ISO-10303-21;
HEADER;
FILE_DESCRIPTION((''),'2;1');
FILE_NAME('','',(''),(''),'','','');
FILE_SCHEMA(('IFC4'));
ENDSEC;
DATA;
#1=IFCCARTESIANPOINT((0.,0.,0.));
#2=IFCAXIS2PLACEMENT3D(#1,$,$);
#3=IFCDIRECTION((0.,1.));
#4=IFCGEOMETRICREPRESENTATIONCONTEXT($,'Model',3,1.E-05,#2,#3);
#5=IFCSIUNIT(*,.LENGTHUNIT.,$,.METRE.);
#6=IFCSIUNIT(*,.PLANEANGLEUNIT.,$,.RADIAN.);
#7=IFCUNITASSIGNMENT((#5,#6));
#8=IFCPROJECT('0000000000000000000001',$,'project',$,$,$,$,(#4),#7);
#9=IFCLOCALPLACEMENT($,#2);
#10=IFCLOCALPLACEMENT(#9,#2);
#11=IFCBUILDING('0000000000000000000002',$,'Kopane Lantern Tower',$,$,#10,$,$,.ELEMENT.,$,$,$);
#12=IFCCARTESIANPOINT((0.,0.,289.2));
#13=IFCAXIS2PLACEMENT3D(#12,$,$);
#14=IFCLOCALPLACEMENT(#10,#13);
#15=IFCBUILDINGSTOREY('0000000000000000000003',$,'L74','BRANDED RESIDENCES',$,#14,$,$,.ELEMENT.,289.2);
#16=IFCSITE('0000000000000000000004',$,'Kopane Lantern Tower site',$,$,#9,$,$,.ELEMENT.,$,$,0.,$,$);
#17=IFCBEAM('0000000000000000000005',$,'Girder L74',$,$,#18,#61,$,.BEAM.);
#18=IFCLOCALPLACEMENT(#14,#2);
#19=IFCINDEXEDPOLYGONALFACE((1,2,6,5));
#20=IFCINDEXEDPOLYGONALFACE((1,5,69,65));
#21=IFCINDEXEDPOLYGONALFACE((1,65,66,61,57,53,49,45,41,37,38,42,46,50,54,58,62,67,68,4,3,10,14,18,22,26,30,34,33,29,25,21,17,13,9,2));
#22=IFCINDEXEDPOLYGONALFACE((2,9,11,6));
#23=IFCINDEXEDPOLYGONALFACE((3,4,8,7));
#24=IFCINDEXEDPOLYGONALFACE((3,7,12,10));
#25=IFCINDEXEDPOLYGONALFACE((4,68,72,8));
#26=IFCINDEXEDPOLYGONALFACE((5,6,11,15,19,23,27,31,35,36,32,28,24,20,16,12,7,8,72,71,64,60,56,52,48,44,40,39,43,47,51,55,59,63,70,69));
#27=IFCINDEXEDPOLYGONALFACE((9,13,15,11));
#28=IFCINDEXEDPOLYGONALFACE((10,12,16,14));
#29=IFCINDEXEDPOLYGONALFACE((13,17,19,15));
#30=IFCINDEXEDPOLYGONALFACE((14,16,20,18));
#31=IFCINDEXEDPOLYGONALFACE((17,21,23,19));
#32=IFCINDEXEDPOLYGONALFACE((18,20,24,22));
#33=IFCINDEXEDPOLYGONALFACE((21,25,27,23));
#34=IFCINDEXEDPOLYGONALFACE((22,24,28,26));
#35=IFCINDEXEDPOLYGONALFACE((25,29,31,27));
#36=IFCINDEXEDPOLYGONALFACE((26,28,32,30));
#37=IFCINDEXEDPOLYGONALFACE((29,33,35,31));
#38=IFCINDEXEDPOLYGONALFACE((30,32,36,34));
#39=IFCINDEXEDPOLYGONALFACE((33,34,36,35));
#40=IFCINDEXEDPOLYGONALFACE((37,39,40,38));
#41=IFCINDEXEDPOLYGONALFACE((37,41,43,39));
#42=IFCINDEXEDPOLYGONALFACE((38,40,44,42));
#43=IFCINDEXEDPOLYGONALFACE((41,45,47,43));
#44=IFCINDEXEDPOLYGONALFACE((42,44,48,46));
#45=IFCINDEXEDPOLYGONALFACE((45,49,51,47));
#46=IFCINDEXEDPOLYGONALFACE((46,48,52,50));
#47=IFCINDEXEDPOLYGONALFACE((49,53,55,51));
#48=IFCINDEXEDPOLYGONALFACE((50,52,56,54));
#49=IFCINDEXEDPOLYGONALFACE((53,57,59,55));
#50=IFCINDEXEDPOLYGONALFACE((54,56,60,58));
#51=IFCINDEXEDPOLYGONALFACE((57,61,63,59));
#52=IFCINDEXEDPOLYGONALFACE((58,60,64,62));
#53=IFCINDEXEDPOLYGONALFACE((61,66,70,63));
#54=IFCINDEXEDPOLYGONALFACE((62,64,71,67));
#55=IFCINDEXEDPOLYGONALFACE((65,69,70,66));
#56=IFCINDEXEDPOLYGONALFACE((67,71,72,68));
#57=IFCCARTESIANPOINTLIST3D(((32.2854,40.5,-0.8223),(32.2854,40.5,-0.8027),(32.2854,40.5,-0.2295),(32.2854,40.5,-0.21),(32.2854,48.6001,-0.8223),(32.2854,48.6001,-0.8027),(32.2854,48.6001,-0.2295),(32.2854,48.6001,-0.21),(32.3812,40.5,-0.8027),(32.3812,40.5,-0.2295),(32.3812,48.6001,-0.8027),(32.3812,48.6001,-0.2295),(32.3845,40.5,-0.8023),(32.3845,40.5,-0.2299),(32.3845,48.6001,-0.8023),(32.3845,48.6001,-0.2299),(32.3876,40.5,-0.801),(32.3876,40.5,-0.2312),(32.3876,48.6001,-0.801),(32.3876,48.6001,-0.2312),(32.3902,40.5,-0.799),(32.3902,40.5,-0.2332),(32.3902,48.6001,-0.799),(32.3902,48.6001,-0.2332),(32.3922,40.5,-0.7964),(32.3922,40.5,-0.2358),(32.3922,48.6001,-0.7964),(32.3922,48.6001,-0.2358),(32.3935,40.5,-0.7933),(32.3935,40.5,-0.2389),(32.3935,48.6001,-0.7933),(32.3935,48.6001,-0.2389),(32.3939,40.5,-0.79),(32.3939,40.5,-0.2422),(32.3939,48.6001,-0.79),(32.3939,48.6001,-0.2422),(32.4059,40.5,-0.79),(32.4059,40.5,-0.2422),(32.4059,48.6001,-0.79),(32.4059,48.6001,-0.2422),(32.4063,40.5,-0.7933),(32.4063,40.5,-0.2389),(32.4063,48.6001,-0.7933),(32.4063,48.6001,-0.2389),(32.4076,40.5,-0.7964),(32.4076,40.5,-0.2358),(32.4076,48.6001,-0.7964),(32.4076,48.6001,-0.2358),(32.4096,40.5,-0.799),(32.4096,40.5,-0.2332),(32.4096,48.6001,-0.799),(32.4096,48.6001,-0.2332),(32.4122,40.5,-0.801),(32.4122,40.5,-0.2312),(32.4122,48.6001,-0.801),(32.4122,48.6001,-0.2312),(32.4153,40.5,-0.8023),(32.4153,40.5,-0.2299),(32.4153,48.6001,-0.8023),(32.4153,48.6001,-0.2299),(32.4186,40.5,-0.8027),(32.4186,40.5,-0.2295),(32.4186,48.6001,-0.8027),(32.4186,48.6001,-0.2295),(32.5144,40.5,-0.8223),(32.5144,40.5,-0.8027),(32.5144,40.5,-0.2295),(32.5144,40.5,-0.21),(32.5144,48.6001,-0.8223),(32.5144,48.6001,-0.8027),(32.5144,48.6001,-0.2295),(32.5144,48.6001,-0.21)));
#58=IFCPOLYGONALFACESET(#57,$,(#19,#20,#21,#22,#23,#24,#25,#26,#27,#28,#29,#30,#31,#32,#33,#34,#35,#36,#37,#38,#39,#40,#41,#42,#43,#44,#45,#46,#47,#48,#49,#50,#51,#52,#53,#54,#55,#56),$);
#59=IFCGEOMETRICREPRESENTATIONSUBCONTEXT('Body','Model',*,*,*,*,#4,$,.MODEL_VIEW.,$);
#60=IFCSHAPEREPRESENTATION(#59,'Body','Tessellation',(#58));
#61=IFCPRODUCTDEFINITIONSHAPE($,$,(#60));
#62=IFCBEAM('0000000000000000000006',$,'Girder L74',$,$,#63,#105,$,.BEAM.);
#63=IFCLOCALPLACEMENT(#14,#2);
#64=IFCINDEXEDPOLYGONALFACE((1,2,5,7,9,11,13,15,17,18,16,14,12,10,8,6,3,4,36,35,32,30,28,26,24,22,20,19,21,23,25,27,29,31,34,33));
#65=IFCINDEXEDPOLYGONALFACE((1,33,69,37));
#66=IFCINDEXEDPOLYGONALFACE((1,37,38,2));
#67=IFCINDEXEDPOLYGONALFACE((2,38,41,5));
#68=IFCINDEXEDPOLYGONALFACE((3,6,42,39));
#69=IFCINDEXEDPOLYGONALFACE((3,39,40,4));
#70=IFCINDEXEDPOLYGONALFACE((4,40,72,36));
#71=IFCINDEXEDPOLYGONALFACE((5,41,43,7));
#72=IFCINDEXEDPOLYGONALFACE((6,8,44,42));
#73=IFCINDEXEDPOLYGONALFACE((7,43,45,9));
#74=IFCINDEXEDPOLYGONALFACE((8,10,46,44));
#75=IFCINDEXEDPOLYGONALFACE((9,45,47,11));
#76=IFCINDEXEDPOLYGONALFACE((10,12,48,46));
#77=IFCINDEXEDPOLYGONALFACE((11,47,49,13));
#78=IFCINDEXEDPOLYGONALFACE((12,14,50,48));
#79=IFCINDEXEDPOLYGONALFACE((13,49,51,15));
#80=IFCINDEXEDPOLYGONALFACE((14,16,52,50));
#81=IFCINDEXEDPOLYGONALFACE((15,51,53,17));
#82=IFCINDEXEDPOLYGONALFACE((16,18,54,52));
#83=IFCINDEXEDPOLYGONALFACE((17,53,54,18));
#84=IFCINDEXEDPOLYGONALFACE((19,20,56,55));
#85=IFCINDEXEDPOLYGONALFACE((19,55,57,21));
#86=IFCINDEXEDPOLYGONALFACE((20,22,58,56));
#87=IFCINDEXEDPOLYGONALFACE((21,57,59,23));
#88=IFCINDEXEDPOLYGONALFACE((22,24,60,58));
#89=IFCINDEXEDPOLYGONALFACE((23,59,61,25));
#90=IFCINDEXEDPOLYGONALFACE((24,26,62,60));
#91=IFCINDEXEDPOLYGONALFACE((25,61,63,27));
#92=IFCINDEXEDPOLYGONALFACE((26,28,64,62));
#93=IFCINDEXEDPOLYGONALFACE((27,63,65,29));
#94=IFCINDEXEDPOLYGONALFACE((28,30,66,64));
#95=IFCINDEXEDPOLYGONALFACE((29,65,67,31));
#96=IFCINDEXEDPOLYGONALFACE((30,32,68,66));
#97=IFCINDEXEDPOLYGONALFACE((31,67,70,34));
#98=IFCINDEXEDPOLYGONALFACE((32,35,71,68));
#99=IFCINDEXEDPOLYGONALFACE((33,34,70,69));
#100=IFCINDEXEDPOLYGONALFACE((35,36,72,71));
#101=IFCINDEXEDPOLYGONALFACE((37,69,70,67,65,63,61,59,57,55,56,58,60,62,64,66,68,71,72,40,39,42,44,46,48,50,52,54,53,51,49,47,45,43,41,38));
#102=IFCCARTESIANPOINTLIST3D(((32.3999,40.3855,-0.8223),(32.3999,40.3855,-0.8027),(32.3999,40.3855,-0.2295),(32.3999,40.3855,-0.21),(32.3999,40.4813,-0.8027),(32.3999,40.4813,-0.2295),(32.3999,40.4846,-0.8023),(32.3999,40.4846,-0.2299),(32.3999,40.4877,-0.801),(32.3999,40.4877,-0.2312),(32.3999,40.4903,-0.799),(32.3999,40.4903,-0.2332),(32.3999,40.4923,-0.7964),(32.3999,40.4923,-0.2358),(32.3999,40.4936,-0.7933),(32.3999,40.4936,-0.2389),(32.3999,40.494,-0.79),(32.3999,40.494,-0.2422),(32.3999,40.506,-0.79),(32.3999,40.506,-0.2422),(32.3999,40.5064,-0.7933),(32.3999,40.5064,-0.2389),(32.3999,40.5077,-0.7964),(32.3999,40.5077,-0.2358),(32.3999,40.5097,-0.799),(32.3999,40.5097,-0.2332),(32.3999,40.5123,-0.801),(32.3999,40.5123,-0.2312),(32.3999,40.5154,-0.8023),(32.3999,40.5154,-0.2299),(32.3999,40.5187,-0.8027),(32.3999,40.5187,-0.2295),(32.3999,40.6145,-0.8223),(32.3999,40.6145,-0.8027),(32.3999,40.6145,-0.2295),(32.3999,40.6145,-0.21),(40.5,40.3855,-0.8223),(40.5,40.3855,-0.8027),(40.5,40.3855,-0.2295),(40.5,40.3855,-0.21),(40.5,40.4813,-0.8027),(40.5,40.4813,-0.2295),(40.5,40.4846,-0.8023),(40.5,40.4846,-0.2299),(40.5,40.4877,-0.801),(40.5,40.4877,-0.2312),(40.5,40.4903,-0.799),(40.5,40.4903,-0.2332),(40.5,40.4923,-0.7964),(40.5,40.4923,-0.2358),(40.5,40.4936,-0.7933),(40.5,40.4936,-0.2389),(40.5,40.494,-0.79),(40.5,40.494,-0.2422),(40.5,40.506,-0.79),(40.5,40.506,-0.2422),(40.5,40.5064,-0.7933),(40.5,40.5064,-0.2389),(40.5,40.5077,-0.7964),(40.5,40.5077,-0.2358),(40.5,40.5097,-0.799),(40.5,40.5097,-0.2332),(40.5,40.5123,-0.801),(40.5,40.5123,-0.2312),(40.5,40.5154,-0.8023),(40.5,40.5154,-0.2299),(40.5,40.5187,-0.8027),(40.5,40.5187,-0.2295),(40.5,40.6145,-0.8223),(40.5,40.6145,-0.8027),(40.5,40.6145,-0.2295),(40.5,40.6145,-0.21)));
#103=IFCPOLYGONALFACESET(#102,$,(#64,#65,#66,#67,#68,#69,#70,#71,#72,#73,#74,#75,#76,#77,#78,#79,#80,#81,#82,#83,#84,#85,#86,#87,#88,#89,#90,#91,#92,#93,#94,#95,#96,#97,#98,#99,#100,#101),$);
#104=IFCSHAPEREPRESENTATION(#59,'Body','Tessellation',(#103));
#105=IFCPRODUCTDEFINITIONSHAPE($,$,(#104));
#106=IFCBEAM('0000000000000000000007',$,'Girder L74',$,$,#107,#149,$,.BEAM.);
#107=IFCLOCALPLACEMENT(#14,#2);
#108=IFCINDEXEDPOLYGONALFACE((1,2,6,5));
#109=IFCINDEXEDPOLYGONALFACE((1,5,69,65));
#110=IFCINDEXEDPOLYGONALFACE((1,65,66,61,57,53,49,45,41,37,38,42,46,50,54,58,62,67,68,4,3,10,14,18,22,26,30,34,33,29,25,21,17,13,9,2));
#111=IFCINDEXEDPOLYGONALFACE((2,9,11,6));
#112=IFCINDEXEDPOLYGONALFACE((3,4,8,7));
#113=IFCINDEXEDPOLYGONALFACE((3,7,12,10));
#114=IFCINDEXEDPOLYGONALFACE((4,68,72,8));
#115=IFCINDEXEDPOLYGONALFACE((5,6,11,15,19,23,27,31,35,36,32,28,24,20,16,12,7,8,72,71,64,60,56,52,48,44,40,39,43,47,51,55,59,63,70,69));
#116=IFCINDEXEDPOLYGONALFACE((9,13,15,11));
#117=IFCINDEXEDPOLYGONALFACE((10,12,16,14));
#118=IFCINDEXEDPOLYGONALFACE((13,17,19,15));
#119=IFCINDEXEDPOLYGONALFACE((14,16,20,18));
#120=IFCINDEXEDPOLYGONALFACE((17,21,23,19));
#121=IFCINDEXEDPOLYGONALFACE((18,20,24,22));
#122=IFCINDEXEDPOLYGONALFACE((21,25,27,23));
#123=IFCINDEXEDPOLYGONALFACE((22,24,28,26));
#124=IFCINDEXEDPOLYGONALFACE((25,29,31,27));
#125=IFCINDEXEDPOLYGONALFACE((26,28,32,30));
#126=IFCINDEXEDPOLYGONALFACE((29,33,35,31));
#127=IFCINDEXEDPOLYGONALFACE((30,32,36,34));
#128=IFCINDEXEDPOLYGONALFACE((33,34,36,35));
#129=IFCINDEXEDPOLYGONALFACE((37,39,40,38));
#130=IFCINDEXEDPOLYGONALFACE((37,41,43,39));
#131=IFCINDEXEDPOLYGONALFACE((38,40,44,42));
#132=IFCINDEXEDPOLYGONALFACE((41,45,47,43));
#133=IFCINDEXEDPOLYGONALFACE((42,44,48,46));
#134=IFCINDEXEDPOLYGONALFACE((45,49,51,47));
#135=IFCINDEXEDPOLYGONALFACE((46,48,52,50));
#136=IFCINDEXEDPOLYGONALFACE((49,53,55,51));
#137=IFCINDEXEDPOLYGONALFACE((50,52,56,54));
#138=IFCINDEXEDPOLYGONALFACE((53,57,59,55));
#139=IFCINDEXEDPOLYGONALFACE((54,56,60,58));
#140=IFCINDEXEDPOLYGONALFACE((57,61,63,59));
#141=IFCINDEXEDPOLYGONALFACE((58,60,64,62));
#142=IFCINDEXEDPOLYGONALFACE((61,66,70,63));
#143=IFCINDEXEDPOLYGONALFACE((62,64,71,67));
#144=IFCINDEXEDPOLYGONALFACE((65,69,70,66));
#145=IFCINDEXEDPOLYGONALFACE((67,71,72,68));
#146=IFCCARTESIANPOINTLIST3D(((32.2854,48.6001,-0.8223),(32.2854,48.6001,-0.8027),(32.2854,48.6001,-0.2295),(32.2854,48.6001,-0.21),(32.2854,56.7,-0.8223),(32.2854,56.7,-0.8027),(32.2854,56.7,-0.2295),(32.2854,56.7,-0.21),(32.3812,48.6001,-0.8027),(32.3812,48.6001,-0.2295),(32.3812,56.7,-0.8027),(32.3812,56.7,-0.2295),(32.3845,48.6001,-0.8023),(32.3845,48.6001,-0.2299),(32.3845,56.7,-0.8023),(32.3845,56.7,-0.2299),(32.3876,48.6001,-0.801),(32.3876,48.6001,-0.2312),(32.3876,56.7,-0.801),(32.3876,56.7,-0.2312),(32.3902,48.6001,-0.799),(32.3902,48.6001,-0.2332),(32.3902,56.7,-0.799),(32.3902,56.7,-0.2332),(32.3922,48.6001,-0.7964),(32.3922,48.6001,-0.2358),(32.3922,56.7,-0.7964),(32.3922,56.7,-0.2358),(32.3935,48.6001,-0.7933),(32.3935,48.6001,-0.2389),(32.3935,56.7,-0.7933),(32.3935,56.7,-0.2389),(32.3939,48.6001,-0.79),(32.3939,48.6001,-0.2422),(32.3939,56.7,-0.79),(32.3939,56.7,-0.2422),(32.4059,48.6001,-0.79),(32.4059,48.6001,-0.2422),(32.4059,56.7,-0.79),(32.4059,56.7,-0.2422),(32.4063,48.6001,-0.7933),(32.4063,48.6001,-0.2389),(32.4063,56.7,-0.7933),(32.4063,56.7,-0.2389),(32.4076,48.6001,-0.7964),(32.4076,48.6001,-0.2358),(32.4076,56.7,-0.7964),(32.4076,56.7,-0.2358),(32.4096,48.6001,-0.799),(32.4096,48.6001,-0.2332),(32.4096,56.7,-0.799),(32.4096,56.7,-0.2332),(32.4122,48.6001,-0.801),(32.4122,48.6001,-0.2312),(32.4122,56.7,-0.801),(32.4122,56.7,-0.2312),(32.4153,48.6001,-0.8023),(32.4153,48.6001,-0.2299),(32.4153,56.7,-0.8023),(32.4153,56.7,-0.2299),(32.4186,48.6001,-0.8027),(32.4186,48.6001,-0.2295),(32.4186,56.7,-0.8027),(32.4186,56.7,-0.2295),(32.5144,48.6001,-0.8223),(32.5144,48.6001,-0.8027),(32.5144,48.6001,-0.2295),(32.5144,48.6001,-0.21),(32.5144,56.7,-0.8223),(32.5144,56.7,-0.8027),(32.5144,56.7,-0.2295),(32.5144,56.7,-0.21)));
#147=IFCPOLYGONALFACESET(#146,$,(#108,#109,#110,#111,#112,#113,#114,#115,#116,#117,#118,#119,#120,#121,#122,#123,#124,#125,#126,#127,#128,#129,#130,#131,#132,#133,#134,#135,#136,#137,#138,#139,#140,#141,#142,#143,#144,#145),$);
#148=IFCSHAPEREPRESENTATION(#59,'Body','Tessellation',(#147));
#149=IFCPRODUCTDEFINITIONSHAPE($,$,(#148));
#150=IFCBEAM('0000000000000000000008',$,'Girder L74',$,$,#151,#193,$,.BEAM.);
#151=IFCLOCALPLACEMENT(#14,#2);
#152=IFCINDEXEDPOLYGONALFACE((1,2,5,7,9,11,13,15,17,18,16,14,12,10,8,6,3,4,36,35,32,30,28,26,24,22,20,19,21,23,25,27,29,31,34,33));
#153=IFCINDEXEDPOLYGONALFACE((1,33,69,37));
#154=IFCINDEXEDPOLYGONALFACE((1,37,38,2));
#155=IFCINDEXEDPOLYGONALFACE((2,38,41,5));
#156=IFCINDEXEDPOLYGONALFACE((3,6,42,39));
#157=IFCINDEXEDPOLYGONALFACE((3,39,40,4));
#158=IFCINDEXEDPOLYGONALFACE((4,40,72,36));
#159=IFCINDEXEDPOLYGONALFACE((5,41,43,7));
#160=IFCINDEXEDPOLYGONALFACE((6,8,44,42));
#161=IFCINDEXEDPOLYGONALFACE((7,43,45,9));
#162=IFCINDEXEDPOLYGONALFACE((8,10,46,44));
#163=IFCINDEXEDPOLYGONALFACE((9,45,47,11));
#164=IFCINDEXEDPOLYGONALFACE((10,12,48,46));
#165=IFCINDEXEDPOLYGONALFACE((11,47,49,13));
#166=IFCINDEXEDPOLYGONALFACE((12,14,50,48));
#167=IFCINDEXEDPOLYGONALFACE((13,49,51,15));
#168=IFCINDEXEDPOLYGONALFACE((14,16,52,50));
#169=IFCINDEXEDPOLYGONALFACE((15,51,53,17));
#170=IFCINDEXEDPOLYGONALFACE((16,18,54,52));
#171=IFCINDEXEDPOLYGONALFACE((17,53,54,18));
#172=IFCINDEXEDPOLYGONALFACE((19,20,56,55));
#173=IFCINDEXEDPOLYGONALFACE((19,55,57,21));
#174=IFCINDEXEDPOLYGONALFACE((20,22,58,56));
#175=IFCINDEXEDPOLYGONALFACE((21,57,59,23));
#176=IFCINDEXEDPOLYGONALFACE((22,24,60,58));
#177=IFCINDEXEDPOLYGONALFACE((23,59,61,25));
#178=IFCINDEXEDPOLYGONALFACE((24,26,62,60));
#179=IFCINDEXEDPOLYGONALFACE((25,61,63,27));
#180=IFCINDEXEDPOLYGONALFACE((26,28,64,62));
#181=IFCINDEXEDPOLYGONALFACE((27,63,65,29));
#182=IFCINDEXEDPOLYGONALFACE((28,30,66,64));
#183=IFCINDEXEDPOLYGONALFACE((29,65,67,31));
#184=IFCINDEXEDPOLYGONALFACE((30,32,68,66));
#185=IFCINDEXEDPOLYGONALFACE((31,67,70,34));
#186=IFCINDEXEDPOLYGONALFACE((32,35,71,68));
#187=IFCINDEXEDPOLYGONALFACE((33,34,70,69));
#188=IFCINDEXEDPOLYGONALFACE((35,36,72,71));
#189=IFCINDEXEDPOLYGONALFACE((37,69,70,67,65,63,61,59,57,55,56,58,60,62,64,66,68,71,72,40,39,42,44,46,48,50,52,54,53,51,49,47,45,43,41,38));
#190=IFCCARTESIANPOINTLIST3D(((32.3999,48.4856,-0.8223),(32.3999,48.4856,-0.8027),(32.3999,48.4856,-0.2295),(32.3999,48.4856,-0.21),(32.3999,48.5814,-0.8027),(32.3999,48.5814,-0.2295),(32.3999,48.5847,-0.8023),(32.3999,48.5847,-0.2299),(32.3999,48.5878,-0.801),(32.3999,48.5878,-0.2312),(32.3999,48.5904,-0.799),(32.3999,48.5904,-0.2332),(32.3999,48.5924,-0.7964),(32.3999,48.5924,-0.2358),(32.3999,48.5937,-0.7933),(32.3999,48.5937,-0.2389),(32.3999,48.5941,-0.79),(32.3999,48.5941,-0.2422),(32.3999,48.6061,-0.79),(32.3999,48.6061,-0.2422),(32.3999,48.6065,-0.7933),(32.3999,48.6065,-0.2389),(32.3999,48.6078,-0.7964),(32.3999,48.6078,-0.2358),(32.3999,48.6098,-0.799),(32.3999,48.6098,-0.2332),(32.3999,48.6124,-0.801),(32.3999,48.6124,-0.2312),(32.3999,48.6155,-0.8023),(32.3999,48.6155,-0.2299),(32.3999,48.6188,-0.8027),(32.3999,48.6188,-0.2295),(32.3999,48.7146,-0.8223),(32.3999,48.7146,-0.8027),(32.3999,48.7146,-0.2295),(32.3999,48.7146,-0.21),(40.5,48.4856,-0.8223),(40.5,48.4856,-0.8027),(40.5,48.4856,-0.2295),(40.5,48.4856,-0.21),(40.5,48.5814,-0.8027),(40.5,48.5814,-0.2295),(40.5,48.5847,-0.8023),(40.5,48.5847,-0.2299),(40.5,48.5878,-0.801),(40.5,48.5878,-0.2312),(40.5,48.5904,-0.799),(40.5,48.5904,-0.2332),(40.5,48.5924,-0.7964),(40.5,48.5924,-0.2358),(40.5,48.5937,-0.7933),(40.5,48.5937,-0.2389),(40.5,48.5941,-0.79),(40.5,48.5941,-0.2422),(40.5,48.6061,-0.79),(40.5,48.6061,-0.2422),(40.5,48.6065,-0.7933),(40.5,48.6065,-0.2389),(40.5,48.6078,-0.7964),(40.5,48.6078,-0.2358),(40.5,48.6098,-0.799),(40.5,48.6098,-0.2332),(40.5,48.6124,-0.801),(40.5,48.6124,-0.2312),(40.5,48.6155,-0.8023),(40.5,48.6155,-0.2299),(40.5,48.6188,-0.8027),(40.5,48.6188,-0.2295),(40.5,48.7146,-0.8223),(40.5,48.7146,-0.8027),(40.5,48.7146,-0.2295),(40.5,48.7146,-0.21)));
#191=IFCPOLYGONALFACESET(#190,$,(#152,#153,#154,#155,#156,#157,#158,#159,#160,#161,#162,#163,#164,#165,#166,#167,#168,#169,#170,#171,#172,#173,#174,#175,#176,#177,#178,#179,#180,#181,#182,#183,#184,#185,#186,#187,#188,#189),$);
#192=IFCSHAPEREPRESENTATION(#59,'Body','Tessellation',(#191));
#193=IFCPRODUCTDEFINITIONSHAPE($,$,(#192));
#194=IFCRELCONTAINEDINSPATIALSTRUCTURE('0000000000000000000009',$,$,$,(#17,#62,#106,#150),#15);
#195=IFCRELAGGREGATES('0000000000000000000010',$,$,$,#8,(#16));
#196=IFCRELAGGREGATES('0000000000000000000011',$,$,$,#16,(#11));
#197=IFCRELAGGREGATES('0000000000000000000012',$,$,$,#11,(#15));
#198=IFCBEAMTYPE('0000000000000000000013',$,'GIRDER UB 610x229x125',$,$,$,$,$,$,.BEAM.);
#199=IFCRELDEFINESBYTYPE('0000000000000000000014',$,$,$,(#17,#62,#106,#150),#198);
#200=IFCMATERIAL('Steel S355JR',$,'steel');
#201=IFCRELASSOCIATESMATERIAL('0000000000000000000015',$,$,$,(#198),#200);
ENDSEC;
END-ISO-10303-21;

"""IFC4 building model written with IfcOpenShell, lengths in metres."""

from ifc_helpers import new_model, si_unit, direction, frame, origin, origin_2d, place, context, subcontext, project, spatial, i_section, extrude, material, material_profile, profile_set, type_object, element, save


model = new_model("IFC4")

# Units and contexts
model_context = context("Model", 3, precision=1e-05, world=origin(), true_north=direction((0.0, 1.0)))
body_context = subcontext(model_context, "Body", "Model", "MODEL_VIEW")
ifc_project = project(units=[si_unit("LENGTHUNIT", "METRE"), si_unit("PLANEANGLEUNIT", "RADIAN")], contexts=[model_context])

# Site, building, storey
site_placement = place(None, origin())
site = spatial("IfcSite", under=ifc_project, at=site_placement, Name="Kopane Lantern Tower site", CompositionType="ELEMENT", RefElevation=0.0)
building_placement = place(site_placement, origin())
building = spatial("IfcBuilding", under=site, at=building_placement, Name="Kopane Lantern Tower", CompositionType="ELEMENT")
storey_placement = place(building_placement, frame((0.0, 0.0, 289.2)))
storey = spatial("IfcBuildingStorey", under=building, at=storey_placement, Name="L74", Description="BRANDED RESIDENCES", CompositionType="ELEMENT", Elevation=289.2)

# Beams
ifc_material_1 = material(Name="Steel S355JR", Category="steel")
ifc_material_profile_1 = material_profile(ifc_material_1, i_section(OverallWidth=0.229, OverallDepth=0.6123, WebThickness=0.012, FlangeThickness=0.0195, FilletRadius=0.0127, at=origin_2d()), Name="UB 610x229x125")
ifc_profile_set_1 = profile_set([ifc_material_profile_1], Name="Steel S355JR")
beam_type = type_object("IfcBeamType", Name="GIRDER UB 610x229x125", PredefinedType="BEAM", material=ifc_profile_set_1)
for number, where, z_axis, x_axis, name in (
    (1, (32.3999, 40.5, -0.5161), (0.0, 1.0, 0.0), (-1.0, 0.0, 0.0), "Girder L74"),
    (2, (32.3999, 40.5, -0.5161), (1.0, 0.0, 0.0), (0.0, 1.0, 0.0), "Girder L74"),
):
    element("IfcBeam", number, at=place(storey_placement, frame(where, z_axis=z_axis, x_axis=x_axis)), inside=storey, type_object=beam_type, Name=name, PredefinedType="BEAM", context=body_context, shape_type="SweptSolid", body=[
        extrude(i_section(OverallWidth=0.229, OverallDepth=0.6123, WebThickness=0.012, FlangeThickness=0.0195, FilletRadius=0.0127, at=origin_2d()), origin(), (0.0, 0.0, 1.0), 8.1001),
    ])
beam_placement = place(storey_placement, frame((32.3999, 48.6001, -0.5161), z_axis=(0.0, 1.0, 0.0), x_axis=(-1.0, 0.0, 0.0)))
element("IfcBeam", 3, at=beam_placement, inside=storey, type_object=beam_type, Name="Girder L74", PredefinedType="BEAM", context=body_context, shape_type="SweptSolid", body=[
    extrude(i_section(OverallWidth=0.229, OverallDepth=0.6123, WebThickness=0.012, FlangeThickness=0.0195, FilletRadius=0.0127, at=origin_2d()), origin(), (0.0, 0.0, 1.0), 8.0999),
])
for number, where, z_axis, x_axis, name in (
    (4, (32.3999, 48.6001, -0.5161), (1.0, 0.0, 0.0), (0.0, 1.0, 0.0), "Girder L74"),
):
    element("IfcBeam", number, at=place(storey_placement, frame(where, z_axis=z_axis, x_axis=x_axis)), inside=storey, type_object=beam_type, Name=name, PredefinedType="BEAM", context=body_context, shape_type="SweptSolid", body=[
        extrude(i_section(OverallWidth=0.229, OverallDepth=0.6123, WebThickness=0.012, FlangeThickness=0.0195, FilletRadius=0.0127, at=origin_2d()), origin(), (0.0, 0.0, 1.0), 8.1001),
    ])

save(model, "model.ifc")
